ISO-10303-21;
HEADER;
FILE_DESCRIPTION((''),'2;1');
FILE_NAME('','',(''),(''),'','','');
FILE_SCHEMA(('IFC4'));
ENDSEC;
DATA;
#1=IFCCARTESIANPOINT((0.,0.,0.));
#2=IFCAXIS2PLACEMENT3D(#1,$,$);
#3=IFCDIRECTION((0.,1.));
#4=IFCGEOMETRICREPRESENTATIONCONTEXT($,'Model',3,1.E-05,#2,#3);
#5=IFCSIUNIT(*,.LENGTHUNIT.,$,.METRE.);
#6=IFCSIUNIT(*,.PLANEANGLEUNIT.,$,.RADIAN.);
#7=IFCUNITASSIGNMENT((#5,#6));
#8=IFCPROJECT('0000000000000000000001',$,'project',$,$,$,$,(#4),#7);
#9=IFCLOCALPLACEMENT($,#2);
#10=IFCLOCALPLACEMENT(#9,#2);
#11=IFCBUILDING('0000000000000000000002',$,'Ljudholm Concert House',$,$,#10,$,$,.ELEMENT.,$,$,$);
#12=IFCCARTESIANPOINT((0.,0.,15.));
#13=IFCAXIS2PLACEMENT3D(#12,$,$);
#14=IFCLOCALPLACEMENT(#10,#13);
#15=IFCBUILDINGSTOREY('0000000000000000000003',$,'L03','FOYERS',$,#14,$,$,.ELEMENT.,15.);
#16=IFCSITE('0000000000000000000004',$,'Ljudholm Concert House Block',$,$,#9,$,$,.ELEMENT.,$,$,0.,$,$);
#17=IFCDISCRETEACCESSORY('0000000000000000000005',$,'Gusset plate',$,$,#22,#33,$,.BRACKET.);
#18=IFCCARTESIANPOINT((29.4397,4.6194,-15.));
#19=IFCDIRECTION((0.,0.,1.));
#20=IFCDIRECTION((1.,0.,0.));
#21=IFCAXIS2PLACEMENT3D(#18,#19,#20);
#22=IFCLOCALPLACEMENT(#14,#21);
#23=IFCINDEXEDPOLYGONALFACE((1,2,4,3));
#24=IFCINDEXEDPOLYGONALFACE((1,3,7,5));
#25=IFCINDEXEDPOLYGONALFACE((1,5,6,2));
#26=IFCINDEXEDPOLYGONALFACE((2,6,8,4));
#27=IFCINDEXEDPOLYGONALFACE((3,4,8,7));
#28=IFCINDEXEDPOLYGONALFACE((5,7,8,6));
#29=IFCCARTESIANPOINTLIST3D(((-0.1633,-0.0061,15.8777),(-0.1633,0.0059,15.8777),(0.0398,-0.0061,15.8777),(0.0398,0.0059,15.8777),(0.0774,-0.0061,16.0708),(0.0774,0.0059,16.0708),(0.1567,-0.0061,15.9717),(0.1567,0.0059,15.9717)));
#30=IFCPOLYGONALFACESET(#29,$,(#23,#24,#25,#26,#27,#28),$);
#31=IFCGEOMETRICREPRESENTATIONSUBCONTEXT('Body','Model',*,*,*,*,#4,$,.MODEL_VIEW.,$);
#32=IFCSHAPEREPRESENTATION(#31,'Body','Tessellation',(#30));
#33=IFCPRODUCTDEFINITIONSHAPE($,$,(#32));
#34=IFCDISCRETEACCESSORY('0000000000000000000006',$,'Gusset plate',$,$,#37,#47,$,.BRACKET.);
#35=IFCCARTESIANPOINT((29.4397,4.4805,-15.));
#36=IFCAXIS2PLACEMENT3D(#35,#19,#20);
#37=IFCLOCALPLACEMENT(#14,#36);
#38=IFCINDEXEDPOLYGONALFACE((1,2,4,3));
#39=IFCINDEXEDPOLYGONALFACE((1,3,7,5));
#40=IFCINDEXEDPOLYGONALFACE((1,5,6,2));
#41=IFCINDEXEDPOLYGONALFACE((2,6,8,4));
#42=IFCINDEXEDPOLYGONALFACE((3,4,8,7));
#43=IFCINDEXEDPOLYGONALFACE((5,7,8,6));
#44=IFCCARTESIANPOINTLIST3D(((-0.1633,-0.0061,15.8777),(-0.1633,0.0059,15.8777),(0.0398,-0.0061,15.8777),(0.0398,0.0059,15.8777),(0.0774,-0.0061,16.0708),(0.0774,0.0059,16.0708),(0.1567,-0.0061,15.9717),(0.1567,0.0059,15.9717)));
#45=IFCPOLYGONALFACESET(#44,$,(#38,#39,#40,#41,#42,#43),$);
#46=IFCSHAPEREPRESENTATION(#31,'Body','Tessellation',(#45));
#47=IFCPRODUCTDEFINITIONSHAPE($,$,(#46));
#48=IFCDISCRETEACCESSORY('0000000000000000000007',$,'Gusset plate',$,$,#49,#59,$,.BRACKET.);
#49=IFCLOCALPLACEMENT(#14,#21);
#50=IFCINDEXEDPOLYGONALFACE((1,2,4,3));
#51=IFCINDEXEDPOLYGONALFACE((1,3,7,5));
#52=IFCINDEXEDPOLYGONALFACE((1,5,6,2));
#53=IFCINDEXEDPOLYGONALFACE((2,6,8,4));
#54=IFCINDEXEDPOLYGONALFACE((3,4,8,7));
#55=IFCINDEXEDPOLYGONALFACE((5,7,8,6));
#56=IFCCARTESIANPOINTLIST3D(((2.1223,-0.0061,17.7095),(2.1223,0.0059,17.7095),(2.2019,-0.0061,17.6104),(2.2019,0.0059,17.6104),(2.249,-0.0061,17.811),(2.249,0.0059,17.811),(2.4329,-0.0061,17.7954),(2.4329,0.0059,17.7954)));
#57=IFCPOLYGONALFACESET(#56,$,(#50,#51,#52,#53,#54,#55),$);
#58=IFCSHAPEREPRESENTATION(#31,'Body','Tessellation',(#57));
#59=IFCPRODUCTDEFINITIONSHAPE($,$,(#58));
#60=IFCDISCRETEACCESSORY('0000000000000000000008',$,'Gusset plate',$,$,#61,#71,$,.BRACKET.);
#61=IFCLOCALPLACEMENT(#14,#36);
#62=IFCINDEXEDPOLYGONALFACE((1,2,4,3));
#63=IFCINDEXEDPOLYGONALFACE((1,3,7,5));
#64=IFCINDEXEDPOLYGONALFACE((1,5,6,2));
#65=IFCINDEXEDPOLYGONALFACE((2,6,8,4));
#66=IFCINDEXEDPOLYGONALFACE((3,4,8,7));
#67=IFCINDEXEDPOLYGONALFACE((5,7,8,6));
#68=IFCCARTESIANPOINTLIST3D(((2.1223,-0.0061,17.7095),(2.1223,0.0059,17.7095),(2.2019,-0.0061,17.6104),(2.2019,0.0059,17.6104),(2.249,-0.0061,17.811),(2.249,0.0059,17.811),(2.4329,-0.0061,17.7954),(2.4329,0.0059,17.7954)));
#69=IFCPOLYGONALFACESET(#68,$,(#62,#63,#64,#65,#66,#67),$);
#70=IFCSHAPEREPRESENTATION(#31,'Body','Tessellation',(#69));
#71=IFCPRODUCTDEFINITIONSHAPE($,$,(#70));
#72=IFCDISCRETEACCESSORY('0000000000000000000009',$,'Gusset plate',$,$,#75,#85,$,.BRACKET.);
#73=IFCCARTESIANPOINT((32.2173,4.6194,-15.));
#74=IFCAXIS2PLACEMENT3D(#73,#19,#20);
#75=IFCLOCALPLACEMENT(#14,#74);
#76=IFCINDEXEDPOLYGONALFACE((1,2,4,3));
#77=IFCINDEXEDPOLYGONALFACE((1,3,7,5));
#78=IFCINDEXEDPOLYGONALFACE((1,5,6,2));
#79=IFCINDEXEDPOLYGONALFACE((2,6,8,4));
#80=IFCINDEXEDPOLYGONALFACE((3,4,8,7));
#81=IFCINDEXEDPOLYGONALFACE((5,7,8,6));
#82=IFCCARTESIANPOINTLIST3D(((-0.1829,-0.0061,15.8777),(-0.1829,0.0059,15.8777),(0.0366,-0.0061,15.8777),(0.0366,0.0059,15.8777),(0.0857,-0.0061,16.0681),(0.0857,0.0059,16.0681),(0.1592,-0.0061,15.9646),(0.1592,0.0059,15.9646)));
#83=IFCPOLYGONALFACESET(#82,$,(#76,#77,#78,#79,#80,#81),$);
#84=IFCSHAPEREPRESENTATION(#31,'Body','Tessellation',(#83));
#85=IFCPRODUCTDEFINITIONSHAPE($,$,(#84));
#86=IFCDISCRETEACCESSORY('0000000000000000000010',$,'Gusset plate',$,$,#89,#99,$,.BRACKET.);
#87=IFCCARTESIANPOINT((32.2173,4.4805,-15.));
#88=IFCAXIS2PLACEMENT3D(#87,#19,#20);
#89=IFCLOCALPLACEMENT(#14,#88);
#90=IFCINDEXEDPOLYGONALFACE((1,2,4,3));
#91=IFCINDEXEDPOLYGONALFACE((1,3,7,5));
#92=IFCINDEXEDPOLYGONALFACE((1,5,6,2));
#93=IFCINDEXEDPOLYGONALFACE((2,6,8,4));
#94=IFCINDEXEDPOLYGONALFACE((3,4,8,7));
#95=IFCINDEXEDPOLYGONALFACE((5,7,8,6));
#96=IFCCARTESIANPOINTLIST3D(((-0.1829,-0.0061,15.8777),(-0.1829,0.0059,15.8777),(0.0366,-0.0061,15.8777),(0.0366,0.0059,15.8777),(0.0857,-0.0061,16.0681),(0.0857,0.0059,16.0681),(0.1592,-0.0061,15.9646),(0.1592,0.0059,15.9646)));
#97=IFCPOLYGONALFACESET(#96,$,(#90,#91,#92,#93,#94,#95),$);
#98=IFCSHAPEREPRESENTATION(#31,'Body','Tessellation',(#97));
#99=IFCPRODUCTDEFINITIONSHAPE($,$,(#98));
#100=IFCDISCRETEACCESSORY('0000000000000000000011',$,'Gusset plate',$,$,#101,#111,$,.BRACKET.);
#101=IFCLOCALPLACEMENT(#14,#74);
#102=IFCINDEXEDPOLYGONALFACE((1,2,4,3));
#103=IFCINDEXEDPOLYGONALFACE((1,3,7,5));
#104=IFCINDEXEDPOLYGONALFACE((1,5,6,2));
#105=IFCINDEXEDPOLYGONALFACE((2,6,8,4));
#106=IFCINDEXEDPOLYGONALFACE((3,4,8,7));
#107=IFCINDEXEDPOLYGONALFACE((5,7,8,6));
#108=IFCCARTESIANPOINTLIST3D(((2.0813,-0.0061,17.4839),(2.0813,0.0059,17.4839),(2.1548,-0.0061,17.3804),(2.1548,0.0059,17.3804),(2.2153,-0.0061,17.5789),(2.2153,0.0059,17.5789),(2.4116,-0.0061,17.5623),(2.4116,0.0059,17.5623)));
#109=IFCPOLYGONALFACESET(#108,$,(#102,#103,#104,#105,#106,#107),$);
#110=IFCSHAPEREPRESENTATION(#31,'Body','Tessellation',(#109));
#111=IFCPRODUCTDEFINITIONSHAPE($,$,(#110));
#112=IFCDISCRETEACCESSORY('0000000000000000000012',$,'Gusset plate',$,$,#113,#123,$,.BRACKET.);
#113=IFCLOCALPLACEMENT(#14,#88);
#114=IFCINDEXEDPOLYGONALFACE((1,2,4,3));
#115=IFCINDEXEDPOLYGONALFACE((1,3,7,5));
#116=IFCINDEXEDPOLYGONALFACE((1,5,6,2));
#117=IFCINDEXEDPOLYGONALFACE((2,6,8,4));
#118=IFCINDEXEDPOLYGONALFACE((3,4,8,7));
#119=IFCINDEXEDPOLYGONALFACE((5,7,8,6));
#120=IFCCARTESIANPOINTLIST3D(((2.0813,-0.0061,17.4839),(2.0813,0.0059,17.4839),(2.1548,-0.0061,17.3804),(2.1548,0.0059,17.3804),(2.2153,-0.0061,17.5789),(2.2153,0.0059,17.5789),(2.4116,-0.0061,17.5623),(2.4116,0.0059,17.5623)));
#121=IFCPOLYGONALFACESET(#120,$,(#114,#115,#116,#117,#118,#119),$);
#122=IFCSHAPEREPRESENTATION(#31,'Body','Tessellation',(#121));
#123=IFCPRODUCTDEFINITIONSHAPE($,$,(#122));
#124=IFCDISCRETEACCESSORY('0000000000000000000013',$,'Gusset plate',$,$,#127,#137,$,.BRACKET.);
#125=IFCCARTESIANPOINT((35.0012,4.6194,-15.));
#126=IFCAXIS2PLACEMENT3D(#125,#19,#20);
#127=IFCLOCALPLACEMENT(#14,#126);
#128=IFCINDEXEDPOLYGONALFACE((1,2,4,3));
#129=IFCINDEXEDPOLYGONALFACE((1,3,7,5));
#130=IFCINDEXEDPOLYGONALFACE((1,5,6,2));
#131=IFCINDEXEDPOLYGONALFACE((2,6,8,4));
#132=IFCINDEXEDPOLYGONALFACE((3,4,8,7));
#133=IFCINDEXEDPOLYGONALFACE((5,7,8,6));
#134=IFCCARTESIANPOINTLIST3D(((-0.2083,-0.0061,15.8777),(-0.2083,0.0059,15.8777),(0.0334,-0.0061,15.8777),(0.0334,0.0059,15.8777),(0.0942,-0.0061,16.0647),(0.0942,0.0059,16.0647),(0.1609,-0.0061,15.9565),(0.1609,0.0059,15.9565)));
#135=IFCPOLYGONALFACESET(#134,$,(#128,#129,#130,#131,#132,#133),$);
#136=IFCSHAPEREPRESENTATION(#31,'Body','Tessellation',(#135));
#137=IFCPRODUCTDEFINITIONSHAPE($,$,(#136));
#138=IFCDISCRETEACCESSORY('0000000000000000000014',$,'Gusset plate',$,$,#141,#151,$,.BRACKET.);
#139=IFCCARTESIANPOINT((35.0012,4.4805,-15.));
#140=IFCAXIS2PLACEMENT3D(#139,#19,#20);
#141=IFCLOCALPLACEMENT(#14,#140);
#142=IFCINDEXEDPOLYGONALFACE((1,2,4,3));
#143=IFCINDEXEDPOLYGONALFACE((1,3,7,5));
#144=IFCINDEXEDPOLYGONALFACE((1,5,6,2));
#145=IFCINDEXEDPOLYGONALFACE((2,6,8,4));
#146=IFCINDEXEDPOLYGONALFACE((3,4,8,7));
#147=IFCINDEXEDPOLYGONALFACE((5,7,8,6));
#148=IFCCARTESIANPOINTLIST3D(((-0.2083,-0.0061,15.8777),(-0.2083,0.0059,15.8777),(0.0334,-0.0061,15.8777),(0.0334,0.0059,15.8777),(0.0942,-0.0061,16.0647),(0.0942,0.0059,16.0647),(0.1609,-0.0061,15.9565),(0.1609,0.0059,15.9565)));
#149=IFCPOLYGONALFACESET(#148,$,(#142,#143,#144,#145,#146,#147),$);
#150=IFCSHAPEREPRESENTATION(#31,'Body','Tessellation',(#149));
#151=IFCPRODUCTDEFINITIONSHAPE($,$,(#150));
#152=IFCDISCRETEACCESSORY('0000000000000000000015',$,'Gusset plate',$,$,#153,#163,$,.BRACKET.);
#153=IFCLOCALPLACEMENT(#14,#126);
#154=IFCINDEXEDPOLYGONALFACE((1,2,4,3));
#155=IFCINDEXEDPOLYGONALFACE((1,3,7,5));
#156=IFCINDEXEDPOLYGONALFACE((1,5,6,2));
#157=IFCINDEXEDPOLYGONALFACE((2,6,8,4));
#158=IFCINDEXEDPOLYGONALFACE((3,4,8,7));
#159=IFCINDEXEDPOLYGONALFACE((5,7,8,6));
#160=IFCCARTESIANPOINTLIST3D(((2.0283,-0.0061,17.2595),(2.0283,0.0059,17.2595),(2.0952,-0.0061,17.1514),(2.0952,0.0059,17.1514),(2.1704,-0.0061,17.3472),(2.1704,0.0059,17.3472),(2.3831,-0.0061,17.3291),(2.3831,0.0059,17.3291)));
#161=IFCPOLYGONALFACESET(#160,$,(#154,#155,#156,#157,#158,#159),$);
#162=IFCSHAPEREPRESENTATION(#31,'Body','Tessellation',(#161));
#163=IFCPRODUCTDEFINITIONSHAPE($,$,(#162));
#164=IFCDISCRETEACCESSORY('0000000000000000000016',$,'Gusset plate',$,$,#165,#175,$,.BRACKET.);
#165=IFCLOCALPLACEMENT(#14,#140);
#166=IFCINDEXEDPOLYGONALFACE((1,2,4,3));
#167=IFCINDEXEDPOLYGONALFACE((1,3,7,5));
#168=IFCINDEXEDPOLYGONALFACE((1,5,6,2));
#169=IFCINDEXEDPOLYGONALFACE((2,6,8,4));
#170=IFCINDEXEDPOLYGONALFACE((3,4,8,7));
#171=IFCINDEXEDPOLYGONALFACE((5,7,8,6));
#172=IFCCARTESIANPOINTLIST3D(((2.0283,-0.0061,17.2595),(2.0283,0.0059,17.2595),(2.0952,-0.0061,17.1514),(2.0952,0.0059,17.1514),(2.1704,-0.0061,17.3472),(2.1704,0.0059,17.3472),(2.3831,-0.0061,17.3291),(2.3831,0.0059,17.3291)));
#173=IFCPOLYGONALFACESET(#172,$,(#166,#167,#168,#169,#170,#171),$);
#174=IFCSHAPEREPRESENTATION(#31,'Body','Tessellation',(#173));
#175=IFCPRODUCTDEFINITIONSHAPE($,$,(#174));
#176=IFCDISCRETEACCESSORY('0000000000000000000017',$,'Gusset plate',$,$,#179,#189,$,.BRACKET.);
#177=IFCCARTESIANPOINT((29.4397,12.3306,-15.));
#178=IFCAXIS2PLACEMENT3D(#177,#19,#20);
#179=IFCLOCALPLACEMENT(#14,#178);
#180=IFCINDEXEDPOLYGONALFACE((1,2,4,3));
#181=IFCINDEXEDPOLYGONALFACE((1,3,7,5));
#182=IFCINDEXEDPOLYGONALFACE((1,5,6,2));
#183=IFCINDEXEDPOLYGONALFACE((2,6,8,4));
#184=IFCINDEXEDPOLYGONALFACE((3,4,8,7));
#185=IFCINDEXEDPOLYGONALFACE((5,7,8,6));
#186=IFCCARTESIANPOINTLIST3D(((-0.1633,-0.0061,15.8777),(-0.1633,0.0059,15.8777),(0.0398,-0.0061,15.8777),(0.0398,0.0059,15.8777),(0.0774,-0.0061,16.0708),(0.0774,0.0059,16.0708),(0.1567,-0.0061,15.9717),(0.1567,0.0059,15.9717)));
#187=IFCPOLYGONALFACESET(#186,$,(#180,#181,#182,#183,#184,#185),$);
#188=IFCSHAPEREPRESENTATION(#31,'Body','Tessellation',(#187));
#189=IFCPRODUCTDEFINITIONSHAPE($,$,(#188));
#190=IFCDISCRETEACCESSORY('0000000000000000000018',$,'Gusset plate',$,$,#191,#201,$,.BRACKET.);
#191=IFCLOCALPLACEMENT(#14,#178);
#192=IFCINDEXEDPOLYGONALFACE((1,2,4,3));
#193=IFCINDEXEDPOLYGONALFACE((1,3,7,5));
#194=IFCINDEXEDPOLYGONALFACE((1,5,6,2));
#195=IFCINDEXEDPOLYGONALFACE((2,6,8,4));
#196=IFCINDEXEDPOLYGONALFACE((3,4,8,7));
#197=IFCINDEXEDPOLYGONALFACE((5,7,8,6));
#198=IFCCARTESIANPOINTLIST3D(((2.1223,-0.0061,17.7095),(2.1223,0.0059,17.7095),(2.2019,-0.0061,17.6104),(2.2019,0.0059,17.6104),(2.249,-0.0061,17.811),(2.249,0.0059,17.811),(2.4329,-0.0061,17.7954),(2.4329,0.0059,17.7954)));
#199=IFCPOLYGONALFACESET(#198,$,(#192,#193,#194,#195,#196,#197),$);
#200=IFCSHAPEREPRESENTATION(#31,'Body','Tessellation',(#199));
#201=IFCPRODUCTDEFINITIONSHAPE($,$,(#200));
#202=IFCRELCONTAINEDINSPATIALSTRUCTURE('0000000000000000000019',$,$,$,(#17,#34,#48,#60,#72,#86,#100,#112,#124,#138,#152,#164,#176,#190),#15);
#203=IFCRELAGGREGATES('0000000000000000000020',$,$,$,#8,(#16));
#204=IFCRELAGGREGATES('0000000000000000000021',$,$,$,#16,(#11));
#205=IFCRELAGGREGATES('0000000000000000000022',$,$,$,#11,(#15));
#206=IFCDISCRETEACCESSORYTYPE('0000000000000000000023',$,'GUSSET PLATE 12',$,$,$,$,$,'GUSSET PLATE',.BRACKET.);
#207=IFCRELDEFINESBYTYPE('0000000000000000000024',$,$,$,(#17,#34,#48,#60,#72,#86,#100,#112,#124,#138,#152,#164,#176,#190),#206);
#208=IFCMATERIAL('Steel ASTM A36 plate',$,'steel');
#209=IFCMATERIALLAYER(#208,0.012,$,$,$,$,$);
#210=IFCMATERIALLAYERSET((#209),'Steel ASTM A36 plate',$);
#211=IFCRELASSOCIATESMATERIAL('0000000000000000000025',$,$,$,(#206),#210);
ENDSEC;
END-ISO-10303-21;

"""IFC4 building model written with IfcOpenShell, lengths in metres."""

from ifc_helpers import new_model, si_unit, direction, frame, origin, place, context, subcontext, project, spatial, polyline, outline, extrude, material, layer, layer_set, type_object, element, save


model = new_model("IFC4")

# Units and contexts
model_context = context("Model", 3, precision=1e-05, world=origin(), true_north=direction((0.0, 1.0)))
body_context = subcontext(model_context, "Body", "Model", "MODEL_VIEW")
ifc_project = project(units=[si_unit("LENGTHUNIT", "METRE"), si_unit("PLANEANGLEUNIT", "RADIAN")], contexts=[model_context])

# Site, building, storey
site_placement = place(None, origin())
site = spatial("IfcSite", under=ifc_project, at=site_placement, Name="Ljudholm Concert House Block", CompositionType="ELEMENT", RefElevation=0.0)
building_placement = place(site_placement, origin())
building = spatial("IfcBuilding", under=site, at=building_placement, Name="Ljudholm Concert House", CompositionType="ELEMENT")
storey_placement = place(building_placement, frame((0.0, 0.0, 15.0)))
storey = spatial("IfcBuildingStorey", under=building, at=storey_placement, Name="L03", Description="FOYERS", CompositionType="ELEMENT", Elevation=15.0)

# Discrete accessories
ifc_material_1 = material(Name="Steel ASTM A36 plate", Category="steel")
ifc_layer_1 = layer(ifc_material_1, 0.012)
ifc_layer_set_1 = layer_set([ifc_layer_1], Name="Steel ASTM A36 plate")
discrete_accessory_type_1 = type_object("IfcDiscreteAccessoryType", Name="GUSSET PLATE 12", ElementType="GUSSET PLATE", PredefinedType="BRACKET", material=ifc_layer_set_1)
for number, where, z_axis, x_axis, name in (
    (1, (29.4397, 4.6194, -15.0), (0.0, 0.0, 1.0), (1.0, 0.0, 0.0), "Gusset plate"),
    (2, (29.4397, 4.4805, -15.0), (0.0, 0.0, 1.0), (1.0, 0.0, 0.0), "Gusset plate"),
):
    element("IfcDiscreteAccessory", number, at=place(storey_placement, frame(where, z_axis=z_axis, x_axis=x_axis)), inside=storey, type_object=discrete_accessory_type_1, Name=name, PredefinedType="BRACKET", context=body_context, shape_type="SweptSolid", body=[
        extrude(outline(polyline([(0.1567, 15.9717), (0.0398, 15.8777), (-0.1633, 15.8777), (0.0774, 16.0708), (0.1567, 15.9717)])), frame((0.0, 0.0059, 0.0), z_axis=(0.0, -1.0, 0.0), x_axis=(1.0, 0.0, 0.0)), (0.0, 0.0, 1.0), 0.012),
    ])
for number, where, z_axis, x_axis, name in (
    (3, (29.4397, 4.6194, -15.0), (0.0, 0.0, 1.0), (1.0, 0.0, 0.0), "Gusset plate"),
    (4, (29.4397, 4.4805, -15.0), (0.0, 0.0, 1.0), (1.0, 0.0, 0.0), "Gusset plate"),
):
    element("IfcDiscreteAccessory", number, at=place(storey_placement, frame(where, z_axis=z_axis, x_axis=x_axis)), inside=storey, type_object=discrete_accessory_type_1, Name=name, PredefinedType="BRACKET", context=body_context, shape_type="SweptSolid", body=[
        extrude(outline(polyline([(2.1223, 17.7095), (2.249, 17.811), (2.4329, 17.7954), (2.2019, 17.6104), (2.1223, 17.7095)])), frame((0.0, 0.0059, 0.0), z_axis=(0.0, -1.0, 0.0), x_axis=(1.0, 0.0, 0.0)), (0.0, 0.0, 1.0), 0.012),
    ])
for number, where, z_axis, x_axis, name in (
    (5, (32.2173, 4.6194, -15.0), (0.0, 0.0, 1.0), (1.0, 0.0, 0.0), "Gusset plate"),
    (6, (32.2173, 4.4805, -15.0), (0.0, 0.0, 1.0), (1.0, 0.0, 0.0), "Gusset plate"),
):
    element("IfcDiscreteAccessory", number, at=place(storey_placement, frame(where, z_axis=z_axis, x_axis=x_axis)), inside=storey, type_object=discrete_accessory_type_1, Name=name, PredefinedType="BRACKET", context=body_context, shape_type="SweptSolid", body=[
        extrude(outline(polyline([(0.1592, 15.9646), (0.0366, 15.8777), (-0.1829, 15.8777), (0.0857, 16.0681), (0.1592, 15.9646)])), frame((0.0, 0.0059, 0.0), z_axis=(0.0, -1.0, 0.0), x_axis=(1.0, 0.0, 0.0)), (0.0, 0.0, 1.0), 0.012),
    ])
for number, where, z_axis, x_axis, name in (
    (7, (32.2173, 4.6194, -15.0), (0.0, 0.0, 1.0), (1.0, 0.0, 0.0), "Gusset plate"),
    (8, (32.2173, 4.4805, -15.0), (0.0, 0.0, 1.0), (1.0, 0.0, 0.0), "Gusset plate"),
):
    element("IfcDiscreteAccessory", number, at=place(storey_placement, frame(where, z_axis=z_axis, x_axis=x_axis)), inside=storey, type_object=discrete_accessory_type_1, Name=name, PredefinedType="BRACKET", context=body_context, shape_type="SweptSolid", body=[
        extrude(outline(polyline([(2.0813, 17.4839), (2.2153, 17.5789), (2.4116, 17.5623), (2.1548, 17.3804), (2.0813, 17.4839)])), frame((0.0, 0.0059, 0.0), z_axis=(0.0, -1.0, 0.0), x_axis=(1.0, 0.0, 0.0)), (0.0, 0.0, 1.0), 0.012),
    ])
for number, where, z_axis, x_axis, name in (
    (9, (35.0012, 4.6194, -15.0), (0.0, 0.0, 1.0), (1.0, 0.0, 0.0), "Gusset plate"),
    (10, (35.0012, 4.4805, -15.0), (0.0, 0.0, 1.0), (1.0, 0.0, 0.0), "Gusset plate"),
):
    element("IfcDiscreteAccessory", number, at=place(storey_placement, frame(where, z_axis=z_axis, x_axis=x_axis)), inside=storey, type_object=discrete_accessory_type_1, Name=name, PredefinedType="BRACKET", context=body_context, shape_type="SweptSolid", body=[
        extrude(outline(polyline([(0.1609, 15.9565), (0.0334, 15.8777), (-0.2083, 15.8777), (0.0942, 16.0647), (0.1609, 15.9565)])), frame((0.0, 0.0059, 0.0), z_axis=(0.0, -1.0, 0.0), x_axis=(1.0, 0.0, 0.0)), (0.0, 0.0, 1.0), 0.012),
    ])
for number, where, z_axis, x_axis, name in (
    (11, (35.0012, 4.6194, -15.0), (0.0, 0.0, 1.0), (1.0, 0.0, 0.0), "Gusset plate"),
    (12, (35.0012, 4.4805, -15.0), (0.0, 0.0, 1.0), (1.0, 0.0, 0.0), "Gusset plate"),
):
    element("IfcDiscreteAccessory", number, at=place(storey_placement, frame(where, z_axis=z_axis, x_axis=x_axis)), inside=storey, type_object=discrete_accessory_type_1, Name=name, PredefinedType="BRACKET", context=body_context, shape_type="SweptSolid", body=[
        extrude(outline(polyline([(2.0283, 17.2595), (2.1704, 17.3472), (2.3831, 17.3291), (2.0952, 17.1514), (2.0283, 17.2595)])), frame((0.0, 0.0059, 0.0), z_axis=(0.0, -1.0, 0.0), x_axis=(1.0, 0.0, 0.0)), (0.0, 0.0, 1.0), 0.012),
    ])
discrete_accessory_1_placement = place(storey_placement, frame((29.4397, 12.3306, -15.0), z_axis=(0.0, 0.0, 1.0), x_axis=(1.0, 0.0, 0.0)))
element("IfcDiscreteAccessory", 13, at=discrete_accessory_1_placement, inside=storey, type_object=discrete_accessory_type_1, Name="Gusset plate", PredefinedType="BRACKET", context=body_context, shape_type="SweptSolid", body=[
    extrude(outline(polyline([(0.1567, 15.9717), (0.0398, 15.8777), (-0.1633, 15.8777), (0.0774, 16.0708), (0.1567, 15.9717)])), frame((0.0, 0.0059, 0.0), z_axis=(0.0, -1.0, 0.0), x_axis=(1.0, 0.0, 0.0)), (0.0, 0.0, 1.0), 0.012),
])
discrete_accessory_2_placement = place(storey_placement, frame((29.4397, 12.3306, -15.0), z_axis=(0.0, 0.0, 1.0), x_axis=(1.0, 0.0, 0.0)))
element("IfcDiscreteAccessory", 14, at=discrete_accessory_2_placement, inside=storey, type_object=discrete_accessory_type_1, Name="Gusset plate", PredefinedType="BRACKET", context=body_context, shape_type="SweptSolid", body=[
    extrude(outline(polyline([(2.1223, 17.7095), (2.249, 17.811), (2.4329, 17.7954), (2.2019, 17.6104), (2.1223, 17.7095)])), frame((0.0, 0.0059, 0.0), z_axis=(0.0, -1.0, 0.0), x_axis=(1.0, 0.0, 0.0)), (0.0, 0.0, 1.0), 0.012),
])

save(model, "model.ifc")
